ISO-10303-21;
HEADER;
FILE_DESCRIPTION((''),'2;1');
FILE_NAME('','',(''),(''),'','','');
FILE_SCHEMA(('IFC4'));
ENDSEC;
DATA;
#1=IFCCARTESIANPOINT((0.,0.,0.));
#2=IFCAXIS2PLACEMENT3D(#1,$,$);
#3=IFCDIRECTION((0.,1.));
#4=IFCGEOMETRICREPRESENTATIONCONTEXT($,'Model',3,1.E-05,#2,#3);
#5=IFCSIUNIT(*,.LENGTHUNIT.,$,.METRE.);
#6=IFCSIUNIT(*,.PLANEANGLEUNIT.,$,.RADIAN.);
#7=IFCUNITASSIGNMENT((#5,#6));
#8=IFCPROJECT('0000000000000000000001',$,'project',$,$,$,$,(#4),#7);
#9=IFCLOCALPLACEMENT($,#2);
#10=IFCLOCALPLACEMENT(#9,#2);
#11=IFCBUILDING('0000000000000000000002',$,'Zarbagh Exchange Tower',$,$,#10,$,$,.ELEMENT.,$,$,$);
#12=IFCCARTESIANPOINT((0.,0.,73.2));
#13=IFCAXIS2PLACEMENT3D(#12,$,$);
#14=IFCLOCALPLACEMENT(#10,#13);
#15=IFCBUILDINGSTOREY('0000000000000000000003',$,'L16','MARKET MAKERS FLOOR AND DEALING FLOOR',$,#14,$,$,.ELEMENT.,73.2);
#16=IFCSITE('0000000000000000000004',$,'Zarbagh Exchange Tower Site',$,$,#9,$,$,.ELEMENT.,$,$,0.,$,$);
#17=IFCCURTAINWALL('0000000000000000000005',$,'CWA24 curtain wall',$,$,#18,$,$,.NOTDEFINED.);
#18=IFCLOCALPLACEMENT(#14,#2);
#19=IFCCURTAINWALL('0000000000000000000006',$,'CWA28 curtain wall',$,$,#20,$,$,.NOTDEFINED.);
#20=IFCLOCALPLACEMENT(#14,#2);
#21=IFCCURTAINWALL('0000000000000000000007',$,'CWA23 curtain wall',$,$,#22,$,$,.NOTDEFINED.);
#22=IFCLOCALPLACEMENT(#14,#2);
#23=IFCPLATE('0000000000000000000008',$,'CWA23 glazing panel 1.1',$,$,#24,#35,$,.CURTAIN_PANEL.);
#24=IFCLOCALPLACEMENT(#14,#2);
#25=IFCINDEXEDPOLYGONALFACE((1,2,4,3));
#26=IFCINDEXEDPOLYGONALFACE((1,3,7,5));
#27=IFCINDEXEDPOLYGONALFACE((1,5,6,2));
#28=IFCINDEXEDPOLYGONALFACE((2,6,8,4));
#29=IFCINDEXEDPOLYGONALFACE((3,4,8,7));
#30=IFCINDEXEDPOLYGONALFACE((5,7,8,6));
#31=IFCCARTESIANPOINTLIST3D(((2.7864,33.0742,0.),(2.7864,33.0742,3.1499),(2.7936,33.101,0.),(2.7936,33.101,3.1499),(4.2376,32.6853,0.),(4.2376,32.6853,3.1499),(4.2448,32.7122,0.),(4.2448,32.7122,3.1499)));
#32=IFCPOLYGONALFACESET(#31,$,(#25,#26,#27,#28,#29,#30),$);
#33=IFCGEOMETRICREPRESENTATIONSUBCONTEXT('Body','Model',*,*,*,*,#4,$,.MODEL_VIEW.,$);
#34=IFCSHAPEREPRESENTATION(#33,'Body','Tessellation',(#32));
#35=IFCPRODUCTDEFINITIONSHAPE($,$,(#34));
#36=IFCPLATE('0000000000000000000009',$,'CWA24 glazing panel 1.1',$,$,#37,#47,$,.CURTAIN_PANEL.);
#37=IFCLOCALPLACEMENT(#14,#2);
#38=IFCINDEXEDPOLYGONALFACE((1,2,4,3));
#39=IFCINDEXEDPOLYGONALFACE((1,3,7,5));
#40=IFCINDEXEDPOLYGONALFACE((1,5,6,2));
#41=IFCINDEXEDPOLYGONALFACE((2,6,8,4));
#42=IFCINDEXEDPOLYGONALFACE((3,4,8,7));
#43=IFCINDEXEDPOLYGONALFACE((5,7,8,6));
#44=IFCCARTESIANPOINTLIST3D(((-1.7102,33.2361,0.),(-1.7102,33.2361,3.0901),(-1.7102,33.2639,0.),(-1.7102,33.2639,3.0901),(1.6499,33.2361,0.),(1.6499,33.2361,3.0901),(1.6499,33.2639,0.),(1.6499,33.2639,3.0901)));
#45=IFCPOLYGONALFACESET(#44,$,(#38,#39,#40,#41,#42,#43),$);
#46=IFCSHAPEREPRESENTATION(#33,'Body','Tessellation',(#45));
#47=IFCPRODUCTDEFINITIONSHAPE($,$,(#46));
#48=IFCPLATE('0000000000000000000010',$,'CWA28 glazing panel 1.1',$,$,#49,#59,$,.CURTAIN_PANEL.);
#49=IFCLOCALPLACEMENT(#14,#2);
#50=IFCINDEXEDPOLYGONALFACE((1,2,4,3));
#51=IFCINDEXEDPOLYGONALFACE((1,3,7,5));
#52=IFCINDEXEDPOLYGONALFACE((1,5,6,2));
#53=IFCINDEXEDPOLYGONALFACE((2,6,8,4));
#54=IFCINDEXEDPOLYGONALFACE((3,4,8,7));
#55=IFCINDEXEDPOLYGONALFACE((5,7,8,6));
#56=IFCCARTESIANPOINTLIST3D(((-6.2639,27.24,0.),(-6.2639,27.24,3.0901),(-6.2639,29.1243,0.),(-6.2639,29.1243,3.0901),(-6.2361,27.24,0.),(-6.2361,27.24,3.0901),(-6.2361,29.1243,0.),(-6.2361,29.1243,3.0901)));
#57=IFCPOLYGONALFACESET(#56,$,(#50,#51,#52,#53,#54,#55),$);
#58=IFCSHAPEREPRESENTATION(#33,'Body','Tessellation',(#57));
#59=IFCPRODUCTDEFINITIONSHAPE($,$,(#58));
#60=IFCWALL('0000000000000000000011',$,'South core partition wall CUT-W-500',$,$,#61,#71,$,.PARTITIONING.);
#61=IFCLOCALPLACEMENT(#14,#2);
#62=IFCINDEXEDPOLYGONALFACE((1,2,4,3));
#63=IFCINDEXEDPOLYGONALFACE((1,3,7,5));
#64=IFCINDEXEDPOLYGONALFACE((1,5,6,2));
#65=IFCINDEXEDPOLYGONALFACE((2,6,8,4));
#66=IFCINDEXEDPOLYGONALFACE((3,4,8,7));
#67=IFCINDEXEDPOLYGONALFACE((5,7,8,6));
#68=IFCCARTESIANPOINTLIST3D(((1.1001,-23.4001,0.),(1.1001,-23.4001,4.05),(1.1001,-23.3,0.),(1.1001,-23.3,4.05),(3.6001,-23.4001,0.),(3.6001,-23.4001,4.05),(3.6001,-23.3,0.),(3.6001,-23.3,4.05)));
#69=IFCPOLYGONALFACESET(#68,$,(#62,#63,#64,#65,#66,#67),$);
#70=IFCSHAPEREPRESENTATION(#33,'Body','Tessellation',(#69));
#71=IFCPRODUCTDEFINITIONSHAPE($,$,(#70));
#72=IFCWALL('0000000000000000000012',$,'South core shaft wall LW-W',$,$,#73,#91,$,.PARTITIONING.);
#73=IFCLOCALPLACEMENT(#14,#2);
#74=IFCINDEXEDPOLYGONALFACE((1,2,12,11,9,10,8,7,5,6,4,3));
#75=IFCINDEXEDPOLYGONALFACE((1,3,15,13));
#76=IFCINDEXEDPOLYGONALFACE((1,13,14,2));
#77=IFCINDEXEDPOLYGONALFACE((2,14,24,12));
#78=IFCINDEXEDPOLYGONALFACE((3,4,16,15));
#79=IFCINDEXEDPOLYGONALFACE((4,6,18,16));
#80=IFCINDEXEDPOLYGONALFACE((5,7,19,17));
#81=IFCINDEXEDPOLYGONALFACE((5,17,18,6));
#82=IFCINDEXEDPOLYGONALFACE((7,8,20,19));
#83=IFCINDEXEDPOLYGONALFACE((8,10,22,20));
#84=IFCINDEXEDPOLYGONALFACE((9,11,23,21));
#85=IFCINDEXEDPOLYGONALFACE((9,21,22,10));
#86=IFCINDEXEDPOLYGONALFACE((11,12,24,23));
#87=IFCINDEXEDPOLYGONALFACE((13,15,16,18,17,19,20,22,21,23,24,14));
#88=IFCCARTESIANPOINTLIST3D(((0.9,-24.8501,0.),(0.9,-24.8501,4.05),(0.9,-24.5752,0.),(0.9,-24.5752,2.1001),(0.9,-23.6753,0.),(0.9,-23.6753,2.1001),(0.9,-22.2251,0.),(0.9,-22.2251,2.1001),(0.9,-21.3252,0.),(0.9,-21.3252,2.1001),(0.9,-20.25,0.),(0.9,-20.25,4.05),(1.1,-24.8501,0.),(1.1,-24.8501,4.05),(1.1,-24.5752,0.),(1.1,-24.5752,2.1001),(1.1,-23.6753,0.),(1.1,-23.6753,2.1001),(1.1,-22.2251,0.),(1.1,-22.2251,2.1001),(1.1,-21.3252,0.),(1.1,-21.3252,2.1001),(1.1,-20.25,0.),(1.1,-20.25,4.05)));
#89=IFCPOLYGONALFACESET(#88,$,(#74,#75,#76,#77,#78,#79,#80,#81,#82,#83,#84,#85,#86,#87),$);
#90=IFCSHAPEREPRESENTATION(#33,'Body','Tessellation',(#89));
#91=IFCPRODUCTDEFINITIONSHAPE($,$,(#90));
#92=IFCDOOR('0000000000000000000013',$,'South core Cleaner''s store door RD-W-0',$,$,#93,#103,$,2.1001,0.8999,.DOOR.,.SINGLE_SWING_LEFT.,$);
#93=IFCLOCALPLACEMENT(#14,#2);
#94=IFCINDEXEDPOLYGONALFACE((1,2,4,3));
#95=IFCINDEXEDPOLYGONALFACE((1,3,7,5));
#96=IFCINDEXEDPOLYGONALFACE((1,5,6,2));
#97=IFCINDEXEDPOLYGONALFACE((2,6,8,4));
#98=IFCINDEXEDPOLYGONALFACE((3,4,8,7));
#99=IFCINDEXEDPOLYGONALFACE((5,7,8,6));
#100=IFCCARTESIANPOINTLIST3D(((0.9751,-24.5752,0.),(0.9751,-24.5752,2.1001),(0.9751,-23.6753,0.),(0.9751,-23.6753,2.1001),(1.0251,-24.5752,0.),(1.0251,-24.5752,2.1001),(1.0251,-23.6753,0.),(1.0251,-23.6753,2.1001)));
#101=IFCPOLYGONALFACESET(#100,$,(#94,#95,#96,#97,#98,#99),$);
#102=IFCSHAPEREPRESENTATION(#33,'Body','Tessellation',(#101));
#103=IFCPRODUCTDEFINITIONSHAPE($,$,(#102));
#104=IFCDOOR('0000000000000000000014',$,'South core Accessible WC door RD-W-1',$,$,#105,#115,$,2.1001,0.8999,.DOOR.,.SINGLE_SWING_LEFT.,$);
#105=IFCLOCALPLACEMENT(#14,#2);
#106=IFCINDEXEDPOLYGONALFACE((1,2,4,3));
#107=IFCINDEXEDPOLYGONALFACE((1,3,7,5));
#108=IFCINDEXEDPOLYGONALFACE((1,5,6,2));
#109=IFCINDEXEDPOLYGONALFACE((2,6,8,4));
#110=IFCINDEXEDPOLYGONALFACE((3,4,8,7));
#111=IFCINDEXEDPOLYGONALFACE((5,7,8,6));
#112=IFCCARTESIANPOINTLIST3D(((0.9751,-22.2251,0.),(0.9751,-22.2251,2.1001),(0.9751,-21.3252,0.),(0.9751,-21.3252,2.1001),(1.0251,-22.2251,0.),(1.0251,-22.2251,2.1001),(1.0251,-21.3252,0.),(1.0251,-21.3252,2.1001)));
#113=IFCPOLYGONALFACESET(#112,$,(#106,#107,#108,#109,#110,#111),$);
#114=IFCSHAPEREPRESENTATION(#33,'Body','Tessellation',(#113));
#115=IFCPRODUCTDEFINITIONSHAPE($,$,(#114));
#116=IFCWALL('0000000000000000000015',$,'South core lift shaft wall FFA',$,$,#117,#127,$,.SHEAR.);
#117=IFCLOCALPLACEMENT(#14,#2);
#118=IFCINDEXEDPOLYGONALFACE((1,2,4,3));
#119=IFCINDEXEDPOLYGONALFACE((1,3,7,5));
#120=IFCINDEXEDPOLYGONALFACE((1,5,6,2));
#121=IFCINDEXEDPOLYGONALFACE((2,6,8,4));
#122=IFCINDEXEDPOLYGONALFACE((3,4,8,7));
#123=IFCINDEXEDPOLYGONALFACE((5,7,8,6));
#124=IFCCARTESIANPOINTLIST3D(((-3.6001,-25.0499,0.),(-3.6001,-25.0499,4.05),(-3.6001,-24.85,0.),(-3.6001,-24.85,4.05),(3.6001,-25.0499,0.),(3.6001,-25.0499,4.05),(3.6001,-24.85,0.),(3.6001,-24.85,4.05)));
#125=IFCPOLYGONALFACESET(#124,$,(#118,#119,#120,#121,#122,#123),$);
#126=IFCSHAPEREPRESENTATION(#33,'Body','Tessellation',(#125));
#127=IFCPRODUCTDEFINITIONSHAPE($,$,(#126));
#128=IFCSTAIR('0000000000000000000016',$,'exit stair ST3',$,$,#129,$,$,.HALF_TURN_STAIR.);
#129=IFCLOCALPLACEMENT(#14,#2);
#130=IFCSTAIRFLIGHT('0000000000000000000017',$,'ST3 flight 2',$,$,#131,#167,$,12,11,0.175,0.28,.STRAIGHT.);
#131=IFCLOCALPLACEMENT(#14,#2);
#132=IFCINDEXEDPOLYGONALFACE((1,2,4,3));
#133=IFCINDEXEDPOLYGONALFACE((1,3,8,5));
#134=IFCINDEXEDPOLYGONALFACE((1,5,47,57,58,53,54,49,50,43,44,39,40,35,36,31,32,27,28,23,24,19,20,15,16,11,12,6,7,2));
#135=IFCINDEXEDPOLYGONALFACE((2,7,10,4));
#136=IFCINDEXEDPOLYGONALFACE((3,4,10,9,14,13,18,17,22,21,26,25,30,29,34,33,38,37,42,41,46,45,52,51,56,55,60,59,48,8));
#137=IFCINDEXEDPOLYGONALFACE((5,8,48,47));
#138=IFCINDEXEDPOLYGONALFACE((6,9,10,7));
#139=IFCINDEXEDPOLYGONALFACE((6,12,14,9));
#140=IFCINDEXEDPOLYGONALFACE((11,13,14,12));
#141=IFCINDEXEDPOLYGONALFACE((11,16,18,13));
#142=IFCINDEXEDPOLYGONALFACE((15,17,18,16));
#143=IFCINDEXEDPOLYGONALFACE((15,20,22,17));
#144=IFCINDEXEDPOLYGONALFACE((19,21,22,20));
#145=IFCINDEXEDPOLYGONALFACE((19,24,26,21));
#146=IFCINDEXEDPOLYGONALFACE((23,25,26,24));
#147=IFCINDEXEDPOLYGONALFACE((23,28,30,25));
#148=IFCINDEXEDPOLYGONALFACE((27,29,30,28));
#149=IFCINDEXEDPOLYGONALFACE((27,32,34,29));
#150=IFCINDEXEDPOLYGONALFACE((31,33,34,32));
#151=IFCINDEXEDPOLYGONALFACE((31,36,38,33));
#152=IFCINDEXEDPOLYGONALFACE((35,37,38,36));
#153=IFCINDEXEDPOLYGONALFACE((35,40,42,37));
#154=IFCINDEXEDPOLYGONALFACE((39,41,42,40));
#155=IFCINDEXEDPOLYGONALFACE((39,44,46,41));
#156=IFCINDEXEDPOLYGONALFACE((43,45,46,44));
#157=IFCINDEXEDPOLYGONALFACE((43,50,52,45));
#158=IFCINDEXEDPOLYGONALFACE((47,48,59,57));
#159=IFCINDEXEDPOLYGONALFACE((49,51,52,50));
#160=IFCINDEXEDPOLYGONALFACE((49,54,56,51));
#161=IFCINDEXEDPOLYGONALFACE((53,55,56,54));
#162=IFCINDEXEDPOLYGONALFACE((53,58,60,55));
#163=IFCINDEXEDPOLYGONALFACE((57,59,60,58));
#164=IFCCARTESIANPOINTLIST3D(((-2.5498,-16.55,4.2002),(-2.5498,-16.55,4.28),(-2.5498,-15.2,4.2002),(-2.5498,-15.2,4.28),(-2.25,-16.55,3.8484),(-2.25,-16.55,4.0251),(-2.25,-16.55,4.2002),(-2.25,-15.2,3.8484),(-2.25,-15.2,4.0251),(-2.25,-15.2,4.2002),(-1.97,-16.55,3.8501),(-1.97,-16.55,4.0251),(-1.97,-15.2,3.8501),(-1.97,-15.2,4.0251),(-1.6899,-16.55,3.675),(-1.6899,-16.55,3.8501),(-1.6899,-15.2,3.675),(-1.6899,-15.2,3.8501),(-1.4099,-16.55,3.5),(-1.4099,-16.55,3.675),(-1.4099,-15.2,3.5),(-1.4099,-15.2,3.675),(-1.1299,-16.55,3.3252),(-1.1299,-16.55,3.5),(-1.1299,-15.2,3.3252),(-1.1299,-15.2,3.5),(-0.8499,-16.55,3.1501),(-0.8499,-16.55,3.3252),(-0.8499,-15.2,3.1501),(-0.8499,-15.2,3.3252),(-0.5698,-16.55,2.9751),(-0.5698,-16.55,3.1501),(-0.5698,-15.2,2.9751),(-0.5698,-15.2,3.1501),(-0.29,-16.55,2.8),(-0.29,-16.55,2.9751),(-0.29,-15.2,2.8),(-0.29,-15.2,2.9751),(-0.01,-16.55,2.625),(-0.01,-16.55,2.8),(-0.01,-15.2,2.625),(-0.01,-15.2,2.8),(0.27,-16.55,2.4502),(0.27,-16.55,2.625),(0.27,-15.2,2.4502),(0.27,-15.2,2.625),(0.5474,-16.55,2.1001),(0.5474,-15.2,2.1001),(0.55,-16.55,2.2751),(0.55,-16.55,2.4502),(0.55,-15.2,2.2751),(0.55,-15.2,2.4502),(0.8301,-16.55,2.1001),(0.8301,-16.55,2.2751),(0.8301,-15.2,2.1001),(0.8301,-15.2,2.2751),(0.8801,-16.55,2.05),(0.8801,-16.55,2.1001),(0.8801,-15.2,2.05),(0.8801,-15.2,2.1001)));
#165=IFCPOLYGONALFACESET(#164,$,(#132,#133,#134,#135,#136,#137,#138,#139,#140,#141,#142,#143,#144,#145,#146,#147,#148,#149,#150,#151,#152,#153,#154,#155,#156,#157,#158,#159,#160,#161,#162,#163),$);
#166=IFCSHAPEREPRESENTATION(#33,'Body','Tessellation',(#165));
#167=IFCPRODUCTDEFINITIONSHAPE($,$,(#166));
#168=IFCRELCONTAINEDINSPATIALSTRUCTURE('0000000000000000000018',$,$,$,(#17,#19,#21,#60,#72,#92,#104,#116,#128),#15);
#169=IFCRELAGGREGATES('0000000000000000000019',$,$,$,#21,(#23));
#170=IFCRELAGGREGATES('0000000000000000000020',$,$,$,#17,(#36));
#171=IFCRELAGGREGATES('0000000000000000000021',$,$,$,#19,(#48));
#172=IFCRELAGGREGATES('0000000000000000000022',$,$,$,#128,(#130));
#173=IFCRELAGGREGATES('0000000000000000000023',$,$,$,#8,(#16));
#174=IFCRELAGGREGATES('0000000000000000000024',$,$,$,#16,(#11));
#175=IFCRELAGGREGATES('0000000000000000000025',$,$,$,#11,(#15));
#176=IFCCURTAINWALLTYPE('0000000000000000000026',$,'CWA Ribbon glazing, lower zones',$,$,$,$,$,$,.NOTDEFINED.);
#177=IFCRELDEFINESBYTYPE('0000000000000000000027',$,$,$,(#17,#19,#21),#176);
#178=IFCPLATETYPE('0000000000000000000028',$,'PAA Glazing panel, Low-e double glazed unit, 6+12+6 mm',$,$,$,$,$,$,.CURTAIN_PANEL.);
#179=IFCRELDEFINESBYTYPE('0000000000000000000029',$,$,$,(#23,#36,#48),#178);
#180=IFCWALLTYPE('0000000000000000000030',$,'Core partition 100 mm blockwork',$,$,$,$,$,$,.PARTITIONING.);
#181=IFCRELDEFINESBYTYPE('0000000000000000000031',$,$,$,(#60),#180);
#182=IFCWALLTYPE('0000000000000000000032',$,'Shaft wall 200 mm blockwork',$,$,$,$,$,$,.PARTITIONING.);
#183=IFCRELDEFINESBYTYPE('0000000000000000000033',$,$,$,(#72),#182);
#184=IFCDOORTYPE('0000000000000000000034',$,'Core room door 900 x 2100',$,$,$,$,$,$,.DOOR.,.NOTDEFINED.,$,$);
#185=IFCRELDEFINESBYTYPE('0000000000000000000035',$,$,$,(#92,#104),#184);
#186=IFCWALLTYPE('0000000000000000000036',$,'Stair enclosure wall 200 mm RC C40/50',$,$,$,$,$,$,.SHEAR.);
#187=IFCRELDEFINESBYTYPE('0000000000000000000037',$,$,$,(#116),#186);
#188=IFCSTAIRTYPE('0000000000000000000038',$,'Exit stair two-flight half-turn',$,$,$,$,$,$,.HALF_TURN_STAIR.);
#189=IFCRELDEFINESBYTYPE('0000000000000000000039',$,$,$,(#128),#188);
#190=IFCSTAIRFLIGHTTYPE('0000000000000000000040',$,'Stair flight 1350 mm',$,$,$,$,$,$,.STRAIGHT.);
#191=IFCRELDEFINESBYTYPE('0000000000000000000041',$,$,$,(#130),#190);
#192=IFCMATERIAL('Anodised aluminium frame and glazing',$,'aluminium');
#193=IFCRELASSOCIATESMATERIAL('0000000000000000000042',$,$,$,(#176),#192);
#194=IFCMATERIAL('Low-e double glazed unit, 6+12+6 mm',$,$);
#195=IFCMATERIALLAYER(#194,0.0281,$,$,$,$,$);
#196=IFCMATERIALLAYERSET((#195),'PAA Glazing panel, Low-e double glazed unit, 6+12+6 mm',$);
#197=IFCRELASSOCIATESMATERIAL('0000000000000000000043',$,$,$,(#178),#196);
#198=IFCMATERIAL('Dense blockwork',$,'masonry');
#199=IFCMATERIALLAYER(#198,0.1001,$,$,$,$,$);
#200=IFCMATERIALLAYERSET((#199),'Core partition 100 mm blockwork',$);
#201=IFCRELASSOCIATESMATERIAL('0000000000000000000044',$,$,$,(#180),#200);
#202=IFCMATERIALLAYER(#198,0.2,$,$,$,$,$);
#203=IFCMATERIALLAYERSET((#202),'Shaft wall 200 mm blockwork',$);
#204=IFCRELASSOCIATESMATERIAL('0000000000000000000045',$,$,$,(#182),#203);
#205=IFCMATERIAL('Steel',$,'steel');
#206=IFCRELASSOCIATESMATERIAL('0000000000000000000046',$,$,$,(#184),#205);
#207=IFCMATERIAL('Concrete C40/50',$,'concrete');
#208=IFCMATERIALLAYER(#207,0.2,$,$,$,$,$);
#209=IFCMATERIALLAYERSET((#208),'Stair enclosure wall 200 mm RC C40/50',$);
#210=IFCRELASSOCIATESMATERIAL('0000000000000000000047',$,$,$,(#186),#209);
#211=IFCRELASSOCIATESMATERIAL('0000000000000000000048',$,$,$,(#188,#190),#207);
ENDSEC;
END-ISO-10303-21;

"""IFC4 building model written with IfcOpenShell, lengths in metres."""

from ifc_helpers import new_model, si_unit, direction, frame, frame_2d, origin, place, context, subcontext, project, spatial, polyline, rectangle, outline, extrude, source, transform, mapped, material, layer, layer_set, type_object, element, fill, aggregate, save


model = new_model("IFC4")

# Units and contexts
model_context = context("Model", 3, precision=1e-05, world=origin(), true_north=direction((0.0, 1.0)))
body_context = subcontext(model_context, "Body", "Model", "MODEL_VIEW")
ifc_project = project(units=[si_unit("LENGTHUNIT", "METRE"), si_unit("PLANEANGLEUNIT", "RADIAN")], contexts=[model_context])

# Site, building, storey
site_placement = place(None, origin())
site = spatial("IfcSite", under=ifc_project, at=site_placement, Name="Zarbagh Exchange Tower Site", CompositionType="ELEMENT", RefElevation=0.0)
building_placement = place(site_placement, origin())
building = spatial("IfcBuilding", under=site, at=building_placement, Name="Zarbagh Exchange Tower", CompositionType="ELEMENT")
storey_placement = place(building_placement, frame((0.0, 0.0, 73.2)))
storey = spatial("IfcBuildingStorey", under=building, at=storey_placement, Name="L16", Description="MARKET MAKERS FLOOR AND DEALING FLOOR", CompositionType="ELEMENT", Elevation=73.2)

# Curtain wall
ifc_material_1 = material(Name="Anodised aluminium frame and glazing", Category="aluminium")
curtain_wall_type = type_object("IfcCurtainWallType", Name="CWA Ribbon glazing, lower zones", PredefinedType="NOTDEFINED", material=ifc_material_1)
curtain_wall_1_placement = place(storey_placement, origin())
curtain_wall_1 = element("IfcCurtainWall", 1, at=curtain_wall_1_placement, inside=storey, type_object=curtain_wall_type, Name="CWA24 curtain wall", PredefinedType="NOTDEFINED")
placement = place(storey_placement, origin())

# Curtain wall
curtain_wall_2_placement = place(storey_placement, origin())
curtain_wall_2 = element("IfcCurtainWall", 2, at=curtain_wall_2_placement, inside=storey, type_object=curtain_wall_type, Name="CWA28 curtain wall", PredefinedType="NOTDEFINED")

# Shared definitions
ifc_material_2 = material(Name="Low-e double glazed unit, 6+12+6 mm")
ifc_layer_1 = layer(ifc_material_2, 0.0281)
ifc_layer_set_1 = layer_set([ifc_layer_1], Name="PAA Glazing panel, Low-e double glazed unit, 6+12+6 mm")
plate_type = type_object("IfcPlateType", Name="PAA Glazing panel, Low-e double glazed unit, 6+12+6 mm", PredefinedType="CURTAIN_PANEL", material=ifc_layer_set_1)

# Curtain wall, plate
curtain_wall_3_placement = place(storey_placement, origin())
curtain_wall_3 = element("IfcCurtainWall", 3, at=curtain_wall_3_placement, inside=storey, type_object=curtain_wall_type, Name="CWA23 curtain wall", PredefinedType="NOTDEFINED")
shared_shape_1 = source(origin(), body_context, "Body", "SweptSolid", [
    extrude(outline(polyline([(0.0, -0.0139), (1.5024, -0.0139), (1.5024, 0.0139), (0.0, 0.0139), (0.0, -0.0139)])), origin(), (0.0, 0.0, 1.0), 3.1499),
])
plate_1 = element("IfcPlate", 4, at=placement, type_object=plate_type, Name="CWA23 glazing panel 1.1", PredefinedType="CURTAIN_PANEL", context=body_context, shape_type="MappedRepresentation", body=[
    mapped(shared_shape_1, transform((4.2412, 32.6987, 0.0), x_axis=(-0.965924, 0.258825, 0.0), y_axis=(-0.258825, -0.965924, 0.0), z_axis=(0.0, 0.0, 1.0))),
])
aggregate(curtain_wall_3, [plate_1])

# Plates
shared_shape_2 = source(origin(), body_context, "Body", "SweptSolid", [
    extrude(outline(polyline([(0.0, -0.0139), (3.3601, -0.0139), (3.3601, 0.0139), (0.0, 0.0139), (0.0, -0.0139)])), origin(), (0.0, 0.0, 1.0), 3.0901),
])
plate_2 = element("IfcPlate", 5, at=placement, type_object=plate_type, Name="CWA24 glazing panel 1.1", PredefinedType="CURTAIN_PANEL", context=body_context, shape_type="MappedRepresentation", body=[
    mapped(shared_shape_2, transform((1.6499, 33.25, 0.0), x_axis=(-1.0, 0.0, 0.0), y_axis=(0.0, -1.0, 0.0), z_axis=(0.0, 0.0, 1.0))),
])
aggregate(curtain_wall_1, [plate_2])
shared_shape_3 = source(origin(), body_context, "Body", "SweptSolid", [
    extrude(outline(polyline([(0.0, -0.0139), (1.8843, -0.0139), (1.8843, 0.0139), (0.0, 0.0139), (0.0, -0.0139)])), origin(), (0.0, 0.0, 1.0), 3.0901),
])
plate_3 = element("IfcPlate", 6, at=placement, type_object=plate_type, Name="CWA28 glazing panel 1.1", PredefinedType="CURTAIN_PANEL", context=body_context, shape_type="MappedRepresentation", body=[
    mapped(shared_shape_3, transform((-6.25, 29.1243, 0.0), x_axis=(0.0, -1.0, 0.0), y_axis=(1.0, 0.0, 0.0), z_axis=(0.0, 0.0, 1.0))),
])
aggregate(curtain_wall_2, [plate_3])

# Wall
ifc_material_3 = material(Name="Dense blockwork", Category="masonry")
ifc_layer_2 = layer(ifc_material_3, 0.1001)
ifc_layer_set_2 = layer_set([ifc_layer_2], Name="Core partition 100 mm blockwork")
wall_type_1 = type_object("IfcWallType", Name="Core partition 100 mm blockwork", PredefinedType="PARTITIONING", material=ifc_layer_set_2)
wall_1_placement = place(storey_placement, frame((3.6001, -23.3501, 0.0), z_axis=(0.0, 0.0, 1.0), x_axis=(-1.0, 0.0, 0.0)))
element("IfcWall", 7, at=wall_1_placement, inside=storey, type_object=wall_type_1, Name="South core partition wall CUT-W-500", PredefinedType="PARTITIONING", context=body_context, shape_type="SweptSolid", body=[
    extrude(rectangle(XDim=2.5, YDim=0.1001, at=frame_2d((1.25, 0.0))), origin(), (0.0, 0.0, 1.0), 4.05),
])

# Wall, openings, doors
ifc_layer_3 = layer(ifc_material_3, 0.2)
ifc_layer_set_3 = layer_set([ifc_layer_3], Name="Shaft wall 200 mm blockwork")
wall_type_2 = type_object("IfcWallType", Name="Shaft wall 200 mm blockwork", PredefinedType="PARTITIONING", material=ifc_layer_set_3)
wall_2_placement = place(storey_placement, frame((1.0, -24.8501, 0.0), z_axis=(0.0, 0.0, 1.0), x_axis=(0.0, 1.0, 0.0)))
wall_2 = element("IfcWall", 8, at=wall_2_placement, inside=storey, type_object=wall_type_2, Name="South core shaft wall LW-W", PredefinedType="PARTITIONING", context=body_context, shape_type="SweptSolid", body=[
    extrude(rectangle(XDim=4.6001, YDim=0.2, at=frame_2d((2.3, 0.0))), origin(), (0.0, 0.0, 1.0), 4.05),
])
opening_1_placement = place(wall_2_placement, frame((0.2749, 0.0, 0.0)))
opening_1 = element("IfcOpeningElement", 9, at=opening_1_placement, cuts=wall_2, PredefinedType="OPENING", context=body_context, shape_type="SweptSolid", body=[
    extrude(rectangle(XDim=0.8999, YDim=2.1001, at=frame_2d((0.45, 1.05))), frame((0.0, 0.1099, 0.0), z_axis=(0.0, -1.0, 0.0), x_axis=(1.0, 0.0, 0.0)), (0.0, 0.0, 1.0), 0.22),
])
opening_2_placement = place(wall_2_placement, frame((2.625, 0.0, 0.0)))
opening_2 = element("IfcOpeningElement", 10, at=opening_2_placement, cuts=wall_2, PredefinedType="OPENING", context=body_context, shape_type="SweptSolid", body=[
    extrude(rectangle(XDim=0.8999, YDim=2.1001, at=frame_2d((0.45, 1.05))), frame((0.0, 0.1099, 0.0), z_axis=(0.0, -1.0, 0.0), x_axis=(1.0, 0.0, 0.0)), (0.0, 0.0, 1.0), 0.22),
])
ifc_material_4 = material(Name="Steel", Category="steel")
door_type = type_object("IfcDoorType", Name="Core room door 900 x 2100", OperationType="NOTDEFINED", PredefinedType="DOOR", material=ifc_material_4)
door_1_placement = place(opening_1_placement, origin())
door_1 = element("IfcDoor", 11, at=door_1_placement, inside=storey, type_object=door_type, Name="South core Cleaner's store door RD-W-0", OperationType="SINGLE_SWING_LEFT", OverallHeight=2.1001, OverallWidth=0.8999, PredefinedType="DOOR", context=body_context, shape_type="SweptSolid", body=[
    extrude(rectangle(XDim=0.8999, YDim=2.1001, at=frame_2d((0.45, 1.05))), frame((0.0, 0.0249, 0.0), z_axis=(0.0, -1.0, 0.0), x_axis=(1.0, 0.0, 0.0)), (0.0, 0.0, 1.0), 0.05),
])
fill(opening_1, door_1)
door_2_placement = place(opening_2_placement, origin())
door_2 = element("IfcDoor", 12, at=door_2_placement, inside=storey, type_object=door_type, Name="South core Accessible WC door RD-W-1", OperationType="SINGLE_SWING_LEFT", OverallHeight=2.1001, OverallWidth=0.8999, PredefinedType="DOOR", context=body_context, shape_type="SweptSolid", body=[
    extrude(rectangle(XDim=0.8999, YDim=2.1001, at=frame_2d((0.45, 1.05))), frame((0.0, 0.0249, 0.0), z_axis=(0.0, -1.0, 0.0), x_axis=(1.0, 0.0, 0.0)), (0.0, 0.0, 1.0), 0.05),
])
fill(opening_2, door_2)

# Wall
ifc_material_5 = material(Name="Concrete C40/50", Category="concrete")
ifc_layer_4 = layer(ifc_material_5, 0.2)
ifc_layer_set_4 = layer_set([ifc_layer_4], Name="Stair enclosure wall 200 mm RC C40/50")
wall_type_3 = type_object("IfcWallType", Name="Stair enclosure wall 200 mm RC C40/50", PredefinedType="SHEAR", material=ifc_layer_set_4)
wall_3_placement = place(storey_placement, frame((3.6001, -24.95, 0.0), z_axis=(0.0, 0.0, 1.0), x_axis=(-1.0, 0.0, 0.0)))
element("IfcWall", 13, at=wall_3_placement, inside=storey, type_object=wall_type_3, Name="South core lift shaft wall FFA", PredefinedType="SHEAR", context=body_context, shape_type="SweptSolid", body=[
    extrude(rectangle(XDim=7.2002, YDim=0.2, at=frame_2d((3.6001, 0.0))), origin(), (0.0, 0.0, 1.0), 4.05),
])

# Stair, stair flight
stair_type = type_object("IfcStairType", Name="Exit stair two-flight half-turn", PredefinedType="HALF_TURN_STAIR", material=ifc_material_5)
stair_1_placement = place(storey_placement, origin())
stair_1 = element("IfcStair", 14, at=stair_1_placement, inside=storey, type_object=stair_type, Name="exit stair ST3", PredefinedType="HALF_TURN_STAIR")
stair_flight_type = type_object("IfcStairFlightType", Name="Stair flight 1350 mm", PredefinedType="STRAIGHT", material=ifc_material_5)
stair_flight_1_placement = place(storey_placement, frame((0.8301, -15.875, 2.1001), z_axis=(0.0, 0.0, 1.0), x_axis=(-1.0, 0.0, 0.0)))
stair_flight_1 = element("IfcStairFlight", 15, at=stair_flight_1_placement, type_object=stair_flight_type, Name="ST3 flight 2", NumberOfRisers=12, NumberOfTreads=11, PredefinedType="STRAIGHT", RiserHeight=0.175, TreadLength=0.28, context=body_context, shape_type="SweptSolid", body=[
    extrude(outline(polyline([(-0.05, -0.05), (-0.05, 0.0), (0.0, 0.0), (0.0, 0.175), (0.28, 0.175), (0.28, 0.3501), (0.5601, 0.3501), (0.5601, 0.5249), (0.8401, 0.5249), (0.8401, 0.7), (1.1201, 0.7), (1.1201, 0.875), (1.3999, 0.875), (1.3999, 1.05), (1.6799, 1.05), (1.6799, 1.2251), (1.96, 1.2251), (1.96, 1.3999), (2.24, 1.3999), (2.24, 1.575), (2.52, 1.575), (2.52, 1.75), (2.8, 1.75), (2.8, 1.925), (3.0801, 1.925), (3.0801, 2.1001), (3.3799, 2.1799), (3.3799, 2.1001), (3.0801, 1.7483), (0.2827, 0.0), (-0.05, -0.05)])), frame((0.0, 0.675, 0.0), z_axis=(0.0, -1.0, 0.0), x_axis=(1.0, 0.0, 0.0)), (0.0, 0.0, 1.0), 1.3501),
])
aggregate(stair_1, [stair_flight_1])

save(model, "model.ifc")
